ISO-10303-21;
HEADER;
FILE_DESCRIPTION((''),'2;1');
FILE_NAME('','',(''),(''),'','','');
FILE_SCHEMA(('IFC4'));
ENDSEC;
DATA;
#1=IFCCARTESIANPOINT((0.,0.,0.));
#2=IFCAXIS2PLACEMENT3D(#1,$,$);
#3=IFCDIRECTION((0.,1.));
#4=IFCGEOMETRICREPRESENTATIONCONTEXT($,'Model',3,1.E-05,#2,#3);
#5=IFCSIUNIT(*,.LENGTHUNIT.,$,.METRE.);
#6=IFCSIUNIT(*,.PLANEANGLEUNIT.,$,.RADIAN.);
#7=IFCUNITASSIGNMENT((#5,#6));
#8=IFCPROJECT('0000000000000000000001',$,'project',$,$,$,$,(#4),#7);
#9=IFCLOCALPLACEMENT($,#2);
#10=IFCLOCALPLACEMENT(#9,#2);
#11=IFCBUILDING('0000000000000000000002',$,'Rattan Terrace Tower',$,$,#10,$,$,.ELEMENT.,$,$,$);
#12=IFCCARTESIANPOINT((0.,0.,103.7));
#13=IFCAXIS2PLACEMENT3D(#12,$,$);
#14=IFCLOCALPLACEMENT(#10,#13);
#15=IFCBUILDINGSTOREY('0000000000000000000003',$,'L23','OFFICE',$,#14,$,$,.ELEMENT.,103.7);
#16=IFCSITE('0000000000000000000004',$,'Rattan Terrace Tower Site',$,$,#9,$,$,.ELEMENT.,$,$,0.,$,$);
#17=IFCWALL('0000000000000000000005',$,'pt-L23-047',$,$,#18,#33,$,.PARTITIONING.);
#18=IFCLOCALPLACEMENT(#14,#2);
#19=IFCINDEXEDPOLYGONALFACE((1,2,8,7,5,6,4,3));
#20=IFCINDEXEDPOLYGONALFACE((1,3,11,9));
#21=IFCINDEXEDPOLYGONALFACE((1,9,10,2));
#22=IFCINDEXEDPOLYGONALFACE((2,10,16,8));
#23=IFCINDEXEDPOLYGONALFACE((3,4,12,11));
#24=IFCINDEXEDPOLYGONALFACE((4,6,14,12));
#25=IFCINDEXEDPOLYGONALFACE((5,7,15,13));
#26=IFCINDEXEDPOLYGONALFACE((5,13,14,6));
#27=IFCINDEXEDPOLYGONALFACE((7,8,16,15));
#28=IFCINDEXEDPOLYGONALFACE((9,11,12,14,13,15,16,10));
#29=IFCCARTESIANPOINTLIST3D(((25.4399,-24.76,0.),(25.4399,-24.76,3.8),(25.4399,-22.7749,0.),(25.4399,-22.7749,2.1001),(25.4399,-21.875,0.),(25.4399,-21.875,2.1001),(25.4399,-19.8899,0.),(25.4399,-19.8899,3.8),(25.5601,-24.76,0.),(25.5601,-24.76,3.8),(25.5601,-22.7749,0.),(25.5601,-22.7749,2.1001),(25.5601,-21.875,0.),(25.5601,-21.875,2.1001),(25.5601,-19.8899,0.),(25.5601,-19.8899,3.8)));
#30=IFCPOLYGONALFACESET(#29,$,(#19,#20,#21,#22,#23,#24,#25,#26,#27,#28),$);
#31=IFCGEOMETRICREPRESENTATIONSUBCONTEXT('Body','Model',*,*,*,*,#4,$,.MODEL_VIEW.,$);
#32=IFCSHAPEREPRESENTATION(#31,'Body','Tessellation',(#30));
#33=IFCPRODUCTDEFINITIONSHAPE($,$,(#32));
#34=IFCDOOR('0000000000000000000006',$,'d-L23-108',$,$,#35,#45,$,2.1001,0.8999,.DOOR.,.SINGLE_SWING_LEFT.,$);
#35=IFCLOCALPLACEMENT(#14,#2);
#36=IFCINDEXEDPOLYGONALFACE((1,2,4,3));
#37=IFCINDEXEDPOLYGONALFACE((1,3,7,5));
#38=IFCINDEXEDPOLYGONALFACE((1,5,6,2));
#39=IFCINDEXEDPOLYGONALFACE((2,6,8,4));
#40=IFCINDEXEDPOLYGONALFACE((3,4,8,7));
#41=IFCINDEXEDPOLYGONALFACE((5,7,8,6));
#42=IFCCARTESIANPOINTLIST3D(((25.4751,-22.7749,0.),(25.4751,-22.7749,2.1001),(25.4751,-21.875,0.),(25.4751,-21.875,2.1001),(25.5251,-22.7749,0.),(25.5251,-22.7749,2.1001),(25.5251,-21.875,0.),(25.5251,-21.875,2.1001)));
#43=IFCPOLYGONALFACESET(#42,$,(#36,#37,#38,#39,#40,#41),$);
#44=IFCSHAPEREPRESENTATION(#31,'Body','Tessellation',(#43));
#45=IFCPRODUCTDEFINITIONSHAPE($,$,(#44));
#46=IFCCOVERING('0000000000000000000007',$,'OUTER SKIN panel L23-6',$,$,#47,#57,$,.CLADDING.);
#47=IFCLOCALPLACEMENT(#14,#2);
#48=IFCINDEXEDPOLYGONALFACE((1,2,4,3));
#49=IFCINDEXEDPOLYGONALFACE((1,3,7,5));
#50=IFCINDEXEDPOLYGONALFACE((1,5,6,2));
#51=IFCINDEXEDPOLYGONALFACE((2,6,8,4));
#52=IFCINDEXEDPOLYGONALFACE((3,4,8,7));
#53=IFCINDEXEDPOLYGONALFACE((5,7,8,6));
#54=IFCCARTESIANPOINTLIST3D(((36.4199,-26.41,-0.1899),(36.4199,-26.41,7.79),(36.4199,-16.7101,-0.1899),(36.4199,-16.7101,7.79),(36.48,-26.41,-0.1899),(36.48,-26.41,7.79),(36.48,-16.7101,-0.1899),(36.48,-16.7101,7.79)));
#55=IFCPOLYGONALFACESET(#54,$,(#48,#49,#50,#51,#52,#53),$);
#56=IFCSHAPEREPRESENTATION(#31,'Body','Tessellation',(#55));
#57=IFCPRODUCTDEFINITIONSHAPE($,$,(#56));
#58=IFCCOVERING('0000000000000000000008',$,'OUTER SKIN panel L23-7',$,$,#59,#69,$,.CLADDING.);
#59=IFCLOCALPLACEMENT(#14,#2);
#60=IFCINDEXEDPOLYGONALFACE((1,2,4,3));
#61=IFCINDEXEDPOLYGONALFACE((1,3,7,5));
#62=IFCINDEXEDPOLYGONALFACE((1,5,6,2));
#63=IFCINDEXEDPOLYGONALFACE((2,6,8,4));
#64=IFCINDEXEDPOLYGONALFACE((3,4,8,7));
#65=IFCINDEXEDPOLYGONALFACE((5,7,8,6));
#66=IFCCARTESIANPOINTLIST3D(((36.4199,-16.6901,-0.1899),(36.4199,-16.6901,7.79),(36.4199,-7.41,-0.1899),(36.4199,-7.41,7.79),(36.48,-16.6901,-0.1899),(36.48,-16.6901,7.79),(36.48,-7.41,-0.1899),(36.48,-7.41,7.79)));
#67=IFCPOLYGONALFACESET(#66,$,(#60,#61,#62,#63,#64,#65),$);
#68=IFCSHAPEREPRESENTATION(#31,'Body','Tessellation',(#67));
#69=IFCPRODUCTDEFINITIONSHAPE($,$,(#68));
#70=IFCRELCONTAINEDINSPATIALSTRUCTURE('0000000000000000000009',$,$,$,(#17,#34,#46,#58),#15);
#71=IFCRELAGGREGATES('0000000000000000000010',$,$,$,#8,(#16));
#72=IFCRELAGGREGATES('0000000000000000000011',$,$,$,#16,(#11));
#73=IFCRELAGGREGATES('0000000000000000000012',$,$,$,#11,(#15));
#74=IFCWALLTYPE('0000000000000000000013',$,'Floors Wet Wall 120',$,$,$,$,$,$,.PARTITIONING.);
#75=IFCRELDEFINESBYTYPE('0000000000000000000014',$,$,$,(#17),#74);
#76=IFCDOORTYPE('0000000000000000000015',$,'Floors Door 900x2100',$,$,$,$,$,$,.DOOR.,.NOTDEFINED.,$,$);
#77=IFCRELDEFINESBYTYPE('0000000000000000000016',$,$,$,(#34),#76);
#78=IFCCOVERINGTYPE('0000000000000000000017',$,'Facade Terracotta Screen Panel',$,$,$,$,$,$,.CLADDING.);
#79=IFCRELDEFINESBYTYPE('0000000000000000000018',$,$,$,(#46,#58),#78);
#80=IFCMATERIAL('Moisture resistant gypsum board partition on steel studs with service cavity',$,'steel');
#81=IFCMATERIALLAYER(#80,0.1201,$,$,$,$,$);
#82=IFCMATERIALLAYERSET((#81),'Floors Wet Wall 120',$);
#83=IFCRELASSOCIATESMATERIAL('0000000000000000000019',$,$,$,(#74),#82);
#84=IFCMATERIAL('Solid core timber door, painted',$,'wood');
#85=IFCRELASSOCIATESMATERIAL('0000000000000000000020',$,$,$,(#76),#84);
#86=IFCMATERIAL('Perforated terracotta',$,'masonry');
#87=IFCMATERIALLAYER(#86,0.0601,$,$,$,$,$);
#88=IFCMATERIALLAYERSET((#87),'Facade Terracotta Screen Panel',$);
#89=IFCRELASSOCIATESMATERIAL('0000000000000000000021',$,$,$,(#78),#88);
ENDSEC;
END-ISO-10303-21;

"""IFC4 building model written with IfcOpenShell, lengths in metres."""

from ifc_helpers import new_model, si_unit, direction, frame, frame_2d, origin, origin_2d, place, context, subcontext, project, spatial, rectangle, extrude, material, layer, layer_set, type_object, element, fill, save


model = new_model("IFC4")

# Units and contexts
model_context = context("Model", 3, precision=1e-05, world=origin(), true_north=direction((0.0, 1.0)))
body_context = subcontext(model_context, "Body", "Model", "MODEL_VIEW")
ifc_project = project(units=[si_unit("LENGTHUNIT", "METRE"), si_unit("PLANEANGLEUNIT", "RADIAN")], contexts=[model_context])

# Site, building, storey
site_placement = place(None, origin())
site = spatial("IfcSite", under=ifc_project, at=site_placement, Name="Rattan Terrace Tower Site", CompositionType="ELEMENT", RefElevation=0.0)
building_placement = place(site_placement, origin())
building = spatial("IfcBuilding", under=site, at=building_placement, Name="Rattan Terrace Tower", CompositionType="ELEMENT")
storey_placement = place(building_placement, frame((0.0, 0.0, 103.7)))
storey = spatial("IfcBuildingStorey", under=building, at=storey_placement, Name="L23", Description="OFFICE", CompositionType="ELEMENT", Elevation=103.7)

# Shared definitions
ifc_material_1 = material(Name="Moisture resistant gypsum board partition on steel studs with service cavity", Category="steel")
ifc_layer_1 = layer(ifc_material_1, 0.1201)
ifc_layer_set_1 = layer_set([ifc_layer_1], Name="Floors Wet Wall 120")
wall_type_1 = type_object("IfcWallType", Name="Floors Wet Wall 120", PredefinedType="PARTITIONING", material=ifc_layer_set_1)

# Wall, opening, door
wall_1_placement = place(storey_placement, frame((25.5, -24.76, 0.0), z_axis=(0.0, 0.0, 1.0), x_axis=(0.0, 1.0, 0.0)))
wall_1 = element("IfcWall", 1, at=wall_1_placement, inside=storey, type_object=wall_type_1, Name="pt-L23-047", PredefinedType="PARTITIONING", context=body_context, shape_type="SweptSolid", body=[
    extrude(rectangle(XDim=4.8701, YDim=0.1201, at=frame_2d((2.4351, 0.0))), origin(), (0.0, 0.0, 1.0), 3.8),
])
opening_1_placement = place(wall_1_placement, frame((1.9851, 0.0, 0.0)))
opening_1 = element("IfcOpeningElement", 2, at=opening_1_placement, cuts=wall_1, PredefinedType="OPENING", context=body_context, shape_type="SweptSolid", body=[
    extrude(rectangle(XDim=0.8999, YDim=2.1001, at=frame_2d((0.45, 1.05))), frame((0.0, 0.0706, 0.0), z_axis=(0.0, -1.0, 0.0), x_axis=(1.0, 0.0, 0.0)), (0.0, 0.0, 1.0), 0.1411),
])
ifc_material_2 = material(Name="Solid core timber door, painted", Category="wood")
door_type_1 = type_object("IfcDoorType", Name="Floors Door 900x2100", OperationType="NOTDEFINED", PredefinedType="DOOR", material=ifc_material_2)
door_1_placement = place(opening_1_placement, origin())
door_1 = element("IfcDoor", 3, at=door_1_placement, inside=storey, type_object=door_type_1, Name="d-L23-108", OperationType="SINGLE_SWING_LEFT", OverallHeight=2.1001, OverallWidth=0.8999, PredefinedType="DOOR", context=body_context, shape_type="SweptSolid", body=[
    extrude(rectangle(XDim=0.8999, YDim=2.1001, at=frame_2d((0.45, 1.05))), frame((0.0, 0.0249, 0.0), z_axis=(0.0, -1.0, 0.0), x_axis=(1.0, 0.0, 0.0)), (0.0, 0.0, 1.0), 0.05),
])
fill(opening_1, door_1)

# Coverings
ifc_material_3 = material(Name="Perforated terracotta", Category="masonry")
ifc_layer_2 = layer(ifc_material_3, 0.0601)
ifc_layer_set_2 = layer_set([ifc_layer_2], Name="Facade Terracotta Screen Panel")
covering_type = type_object("IfcCoveringType", Name="Facade Terracotta Screen Panel", PredefinedType="CLADDING", material=ifc_layer_set_2)
covering_1_placement = place(storey_placement, frame((36.45, -21.5601, -0.1899), z_axis=(0.0, 0.0, 1.0), x_axis=(0.0, 1.0, 0.0)))
element("IfcCovering", 4, at=covering_1_placement, inside=storey, type_object=covering_type, Name="OUTER SKIN panel L23-6", PredefinedType="CLADDING", context=body_context, shape_type="SweptSolid", body=[
    extrude(rectangle(XDim=9.7, YDim=0.0601, at=origin_2d()), origin(), (0.0, 0.0, 1.0), 7.98),
])
covering_2_placement = place(storey_placement, frame((36.45, -12.05, -0.1899), z_axis=(0.0, 0.0, 1.0), x_axis=(0.0, 1.0, 0.0)))
element("IfcCovering", 5, at=covering_2_placement, inside=storey, type_object=covering_type, Name="OUTER SKIN panel L23-7", PredefinedType="CLADDING", context=body_context, shape_type="SweptSolid", body=[
    extrude(rectangle(XDim=9.28, YDim=0.0601, at=origin_2d()), origin(), (0.0, 0.0, 1.0), 7.98),
])

save(model, "model.ifc")
